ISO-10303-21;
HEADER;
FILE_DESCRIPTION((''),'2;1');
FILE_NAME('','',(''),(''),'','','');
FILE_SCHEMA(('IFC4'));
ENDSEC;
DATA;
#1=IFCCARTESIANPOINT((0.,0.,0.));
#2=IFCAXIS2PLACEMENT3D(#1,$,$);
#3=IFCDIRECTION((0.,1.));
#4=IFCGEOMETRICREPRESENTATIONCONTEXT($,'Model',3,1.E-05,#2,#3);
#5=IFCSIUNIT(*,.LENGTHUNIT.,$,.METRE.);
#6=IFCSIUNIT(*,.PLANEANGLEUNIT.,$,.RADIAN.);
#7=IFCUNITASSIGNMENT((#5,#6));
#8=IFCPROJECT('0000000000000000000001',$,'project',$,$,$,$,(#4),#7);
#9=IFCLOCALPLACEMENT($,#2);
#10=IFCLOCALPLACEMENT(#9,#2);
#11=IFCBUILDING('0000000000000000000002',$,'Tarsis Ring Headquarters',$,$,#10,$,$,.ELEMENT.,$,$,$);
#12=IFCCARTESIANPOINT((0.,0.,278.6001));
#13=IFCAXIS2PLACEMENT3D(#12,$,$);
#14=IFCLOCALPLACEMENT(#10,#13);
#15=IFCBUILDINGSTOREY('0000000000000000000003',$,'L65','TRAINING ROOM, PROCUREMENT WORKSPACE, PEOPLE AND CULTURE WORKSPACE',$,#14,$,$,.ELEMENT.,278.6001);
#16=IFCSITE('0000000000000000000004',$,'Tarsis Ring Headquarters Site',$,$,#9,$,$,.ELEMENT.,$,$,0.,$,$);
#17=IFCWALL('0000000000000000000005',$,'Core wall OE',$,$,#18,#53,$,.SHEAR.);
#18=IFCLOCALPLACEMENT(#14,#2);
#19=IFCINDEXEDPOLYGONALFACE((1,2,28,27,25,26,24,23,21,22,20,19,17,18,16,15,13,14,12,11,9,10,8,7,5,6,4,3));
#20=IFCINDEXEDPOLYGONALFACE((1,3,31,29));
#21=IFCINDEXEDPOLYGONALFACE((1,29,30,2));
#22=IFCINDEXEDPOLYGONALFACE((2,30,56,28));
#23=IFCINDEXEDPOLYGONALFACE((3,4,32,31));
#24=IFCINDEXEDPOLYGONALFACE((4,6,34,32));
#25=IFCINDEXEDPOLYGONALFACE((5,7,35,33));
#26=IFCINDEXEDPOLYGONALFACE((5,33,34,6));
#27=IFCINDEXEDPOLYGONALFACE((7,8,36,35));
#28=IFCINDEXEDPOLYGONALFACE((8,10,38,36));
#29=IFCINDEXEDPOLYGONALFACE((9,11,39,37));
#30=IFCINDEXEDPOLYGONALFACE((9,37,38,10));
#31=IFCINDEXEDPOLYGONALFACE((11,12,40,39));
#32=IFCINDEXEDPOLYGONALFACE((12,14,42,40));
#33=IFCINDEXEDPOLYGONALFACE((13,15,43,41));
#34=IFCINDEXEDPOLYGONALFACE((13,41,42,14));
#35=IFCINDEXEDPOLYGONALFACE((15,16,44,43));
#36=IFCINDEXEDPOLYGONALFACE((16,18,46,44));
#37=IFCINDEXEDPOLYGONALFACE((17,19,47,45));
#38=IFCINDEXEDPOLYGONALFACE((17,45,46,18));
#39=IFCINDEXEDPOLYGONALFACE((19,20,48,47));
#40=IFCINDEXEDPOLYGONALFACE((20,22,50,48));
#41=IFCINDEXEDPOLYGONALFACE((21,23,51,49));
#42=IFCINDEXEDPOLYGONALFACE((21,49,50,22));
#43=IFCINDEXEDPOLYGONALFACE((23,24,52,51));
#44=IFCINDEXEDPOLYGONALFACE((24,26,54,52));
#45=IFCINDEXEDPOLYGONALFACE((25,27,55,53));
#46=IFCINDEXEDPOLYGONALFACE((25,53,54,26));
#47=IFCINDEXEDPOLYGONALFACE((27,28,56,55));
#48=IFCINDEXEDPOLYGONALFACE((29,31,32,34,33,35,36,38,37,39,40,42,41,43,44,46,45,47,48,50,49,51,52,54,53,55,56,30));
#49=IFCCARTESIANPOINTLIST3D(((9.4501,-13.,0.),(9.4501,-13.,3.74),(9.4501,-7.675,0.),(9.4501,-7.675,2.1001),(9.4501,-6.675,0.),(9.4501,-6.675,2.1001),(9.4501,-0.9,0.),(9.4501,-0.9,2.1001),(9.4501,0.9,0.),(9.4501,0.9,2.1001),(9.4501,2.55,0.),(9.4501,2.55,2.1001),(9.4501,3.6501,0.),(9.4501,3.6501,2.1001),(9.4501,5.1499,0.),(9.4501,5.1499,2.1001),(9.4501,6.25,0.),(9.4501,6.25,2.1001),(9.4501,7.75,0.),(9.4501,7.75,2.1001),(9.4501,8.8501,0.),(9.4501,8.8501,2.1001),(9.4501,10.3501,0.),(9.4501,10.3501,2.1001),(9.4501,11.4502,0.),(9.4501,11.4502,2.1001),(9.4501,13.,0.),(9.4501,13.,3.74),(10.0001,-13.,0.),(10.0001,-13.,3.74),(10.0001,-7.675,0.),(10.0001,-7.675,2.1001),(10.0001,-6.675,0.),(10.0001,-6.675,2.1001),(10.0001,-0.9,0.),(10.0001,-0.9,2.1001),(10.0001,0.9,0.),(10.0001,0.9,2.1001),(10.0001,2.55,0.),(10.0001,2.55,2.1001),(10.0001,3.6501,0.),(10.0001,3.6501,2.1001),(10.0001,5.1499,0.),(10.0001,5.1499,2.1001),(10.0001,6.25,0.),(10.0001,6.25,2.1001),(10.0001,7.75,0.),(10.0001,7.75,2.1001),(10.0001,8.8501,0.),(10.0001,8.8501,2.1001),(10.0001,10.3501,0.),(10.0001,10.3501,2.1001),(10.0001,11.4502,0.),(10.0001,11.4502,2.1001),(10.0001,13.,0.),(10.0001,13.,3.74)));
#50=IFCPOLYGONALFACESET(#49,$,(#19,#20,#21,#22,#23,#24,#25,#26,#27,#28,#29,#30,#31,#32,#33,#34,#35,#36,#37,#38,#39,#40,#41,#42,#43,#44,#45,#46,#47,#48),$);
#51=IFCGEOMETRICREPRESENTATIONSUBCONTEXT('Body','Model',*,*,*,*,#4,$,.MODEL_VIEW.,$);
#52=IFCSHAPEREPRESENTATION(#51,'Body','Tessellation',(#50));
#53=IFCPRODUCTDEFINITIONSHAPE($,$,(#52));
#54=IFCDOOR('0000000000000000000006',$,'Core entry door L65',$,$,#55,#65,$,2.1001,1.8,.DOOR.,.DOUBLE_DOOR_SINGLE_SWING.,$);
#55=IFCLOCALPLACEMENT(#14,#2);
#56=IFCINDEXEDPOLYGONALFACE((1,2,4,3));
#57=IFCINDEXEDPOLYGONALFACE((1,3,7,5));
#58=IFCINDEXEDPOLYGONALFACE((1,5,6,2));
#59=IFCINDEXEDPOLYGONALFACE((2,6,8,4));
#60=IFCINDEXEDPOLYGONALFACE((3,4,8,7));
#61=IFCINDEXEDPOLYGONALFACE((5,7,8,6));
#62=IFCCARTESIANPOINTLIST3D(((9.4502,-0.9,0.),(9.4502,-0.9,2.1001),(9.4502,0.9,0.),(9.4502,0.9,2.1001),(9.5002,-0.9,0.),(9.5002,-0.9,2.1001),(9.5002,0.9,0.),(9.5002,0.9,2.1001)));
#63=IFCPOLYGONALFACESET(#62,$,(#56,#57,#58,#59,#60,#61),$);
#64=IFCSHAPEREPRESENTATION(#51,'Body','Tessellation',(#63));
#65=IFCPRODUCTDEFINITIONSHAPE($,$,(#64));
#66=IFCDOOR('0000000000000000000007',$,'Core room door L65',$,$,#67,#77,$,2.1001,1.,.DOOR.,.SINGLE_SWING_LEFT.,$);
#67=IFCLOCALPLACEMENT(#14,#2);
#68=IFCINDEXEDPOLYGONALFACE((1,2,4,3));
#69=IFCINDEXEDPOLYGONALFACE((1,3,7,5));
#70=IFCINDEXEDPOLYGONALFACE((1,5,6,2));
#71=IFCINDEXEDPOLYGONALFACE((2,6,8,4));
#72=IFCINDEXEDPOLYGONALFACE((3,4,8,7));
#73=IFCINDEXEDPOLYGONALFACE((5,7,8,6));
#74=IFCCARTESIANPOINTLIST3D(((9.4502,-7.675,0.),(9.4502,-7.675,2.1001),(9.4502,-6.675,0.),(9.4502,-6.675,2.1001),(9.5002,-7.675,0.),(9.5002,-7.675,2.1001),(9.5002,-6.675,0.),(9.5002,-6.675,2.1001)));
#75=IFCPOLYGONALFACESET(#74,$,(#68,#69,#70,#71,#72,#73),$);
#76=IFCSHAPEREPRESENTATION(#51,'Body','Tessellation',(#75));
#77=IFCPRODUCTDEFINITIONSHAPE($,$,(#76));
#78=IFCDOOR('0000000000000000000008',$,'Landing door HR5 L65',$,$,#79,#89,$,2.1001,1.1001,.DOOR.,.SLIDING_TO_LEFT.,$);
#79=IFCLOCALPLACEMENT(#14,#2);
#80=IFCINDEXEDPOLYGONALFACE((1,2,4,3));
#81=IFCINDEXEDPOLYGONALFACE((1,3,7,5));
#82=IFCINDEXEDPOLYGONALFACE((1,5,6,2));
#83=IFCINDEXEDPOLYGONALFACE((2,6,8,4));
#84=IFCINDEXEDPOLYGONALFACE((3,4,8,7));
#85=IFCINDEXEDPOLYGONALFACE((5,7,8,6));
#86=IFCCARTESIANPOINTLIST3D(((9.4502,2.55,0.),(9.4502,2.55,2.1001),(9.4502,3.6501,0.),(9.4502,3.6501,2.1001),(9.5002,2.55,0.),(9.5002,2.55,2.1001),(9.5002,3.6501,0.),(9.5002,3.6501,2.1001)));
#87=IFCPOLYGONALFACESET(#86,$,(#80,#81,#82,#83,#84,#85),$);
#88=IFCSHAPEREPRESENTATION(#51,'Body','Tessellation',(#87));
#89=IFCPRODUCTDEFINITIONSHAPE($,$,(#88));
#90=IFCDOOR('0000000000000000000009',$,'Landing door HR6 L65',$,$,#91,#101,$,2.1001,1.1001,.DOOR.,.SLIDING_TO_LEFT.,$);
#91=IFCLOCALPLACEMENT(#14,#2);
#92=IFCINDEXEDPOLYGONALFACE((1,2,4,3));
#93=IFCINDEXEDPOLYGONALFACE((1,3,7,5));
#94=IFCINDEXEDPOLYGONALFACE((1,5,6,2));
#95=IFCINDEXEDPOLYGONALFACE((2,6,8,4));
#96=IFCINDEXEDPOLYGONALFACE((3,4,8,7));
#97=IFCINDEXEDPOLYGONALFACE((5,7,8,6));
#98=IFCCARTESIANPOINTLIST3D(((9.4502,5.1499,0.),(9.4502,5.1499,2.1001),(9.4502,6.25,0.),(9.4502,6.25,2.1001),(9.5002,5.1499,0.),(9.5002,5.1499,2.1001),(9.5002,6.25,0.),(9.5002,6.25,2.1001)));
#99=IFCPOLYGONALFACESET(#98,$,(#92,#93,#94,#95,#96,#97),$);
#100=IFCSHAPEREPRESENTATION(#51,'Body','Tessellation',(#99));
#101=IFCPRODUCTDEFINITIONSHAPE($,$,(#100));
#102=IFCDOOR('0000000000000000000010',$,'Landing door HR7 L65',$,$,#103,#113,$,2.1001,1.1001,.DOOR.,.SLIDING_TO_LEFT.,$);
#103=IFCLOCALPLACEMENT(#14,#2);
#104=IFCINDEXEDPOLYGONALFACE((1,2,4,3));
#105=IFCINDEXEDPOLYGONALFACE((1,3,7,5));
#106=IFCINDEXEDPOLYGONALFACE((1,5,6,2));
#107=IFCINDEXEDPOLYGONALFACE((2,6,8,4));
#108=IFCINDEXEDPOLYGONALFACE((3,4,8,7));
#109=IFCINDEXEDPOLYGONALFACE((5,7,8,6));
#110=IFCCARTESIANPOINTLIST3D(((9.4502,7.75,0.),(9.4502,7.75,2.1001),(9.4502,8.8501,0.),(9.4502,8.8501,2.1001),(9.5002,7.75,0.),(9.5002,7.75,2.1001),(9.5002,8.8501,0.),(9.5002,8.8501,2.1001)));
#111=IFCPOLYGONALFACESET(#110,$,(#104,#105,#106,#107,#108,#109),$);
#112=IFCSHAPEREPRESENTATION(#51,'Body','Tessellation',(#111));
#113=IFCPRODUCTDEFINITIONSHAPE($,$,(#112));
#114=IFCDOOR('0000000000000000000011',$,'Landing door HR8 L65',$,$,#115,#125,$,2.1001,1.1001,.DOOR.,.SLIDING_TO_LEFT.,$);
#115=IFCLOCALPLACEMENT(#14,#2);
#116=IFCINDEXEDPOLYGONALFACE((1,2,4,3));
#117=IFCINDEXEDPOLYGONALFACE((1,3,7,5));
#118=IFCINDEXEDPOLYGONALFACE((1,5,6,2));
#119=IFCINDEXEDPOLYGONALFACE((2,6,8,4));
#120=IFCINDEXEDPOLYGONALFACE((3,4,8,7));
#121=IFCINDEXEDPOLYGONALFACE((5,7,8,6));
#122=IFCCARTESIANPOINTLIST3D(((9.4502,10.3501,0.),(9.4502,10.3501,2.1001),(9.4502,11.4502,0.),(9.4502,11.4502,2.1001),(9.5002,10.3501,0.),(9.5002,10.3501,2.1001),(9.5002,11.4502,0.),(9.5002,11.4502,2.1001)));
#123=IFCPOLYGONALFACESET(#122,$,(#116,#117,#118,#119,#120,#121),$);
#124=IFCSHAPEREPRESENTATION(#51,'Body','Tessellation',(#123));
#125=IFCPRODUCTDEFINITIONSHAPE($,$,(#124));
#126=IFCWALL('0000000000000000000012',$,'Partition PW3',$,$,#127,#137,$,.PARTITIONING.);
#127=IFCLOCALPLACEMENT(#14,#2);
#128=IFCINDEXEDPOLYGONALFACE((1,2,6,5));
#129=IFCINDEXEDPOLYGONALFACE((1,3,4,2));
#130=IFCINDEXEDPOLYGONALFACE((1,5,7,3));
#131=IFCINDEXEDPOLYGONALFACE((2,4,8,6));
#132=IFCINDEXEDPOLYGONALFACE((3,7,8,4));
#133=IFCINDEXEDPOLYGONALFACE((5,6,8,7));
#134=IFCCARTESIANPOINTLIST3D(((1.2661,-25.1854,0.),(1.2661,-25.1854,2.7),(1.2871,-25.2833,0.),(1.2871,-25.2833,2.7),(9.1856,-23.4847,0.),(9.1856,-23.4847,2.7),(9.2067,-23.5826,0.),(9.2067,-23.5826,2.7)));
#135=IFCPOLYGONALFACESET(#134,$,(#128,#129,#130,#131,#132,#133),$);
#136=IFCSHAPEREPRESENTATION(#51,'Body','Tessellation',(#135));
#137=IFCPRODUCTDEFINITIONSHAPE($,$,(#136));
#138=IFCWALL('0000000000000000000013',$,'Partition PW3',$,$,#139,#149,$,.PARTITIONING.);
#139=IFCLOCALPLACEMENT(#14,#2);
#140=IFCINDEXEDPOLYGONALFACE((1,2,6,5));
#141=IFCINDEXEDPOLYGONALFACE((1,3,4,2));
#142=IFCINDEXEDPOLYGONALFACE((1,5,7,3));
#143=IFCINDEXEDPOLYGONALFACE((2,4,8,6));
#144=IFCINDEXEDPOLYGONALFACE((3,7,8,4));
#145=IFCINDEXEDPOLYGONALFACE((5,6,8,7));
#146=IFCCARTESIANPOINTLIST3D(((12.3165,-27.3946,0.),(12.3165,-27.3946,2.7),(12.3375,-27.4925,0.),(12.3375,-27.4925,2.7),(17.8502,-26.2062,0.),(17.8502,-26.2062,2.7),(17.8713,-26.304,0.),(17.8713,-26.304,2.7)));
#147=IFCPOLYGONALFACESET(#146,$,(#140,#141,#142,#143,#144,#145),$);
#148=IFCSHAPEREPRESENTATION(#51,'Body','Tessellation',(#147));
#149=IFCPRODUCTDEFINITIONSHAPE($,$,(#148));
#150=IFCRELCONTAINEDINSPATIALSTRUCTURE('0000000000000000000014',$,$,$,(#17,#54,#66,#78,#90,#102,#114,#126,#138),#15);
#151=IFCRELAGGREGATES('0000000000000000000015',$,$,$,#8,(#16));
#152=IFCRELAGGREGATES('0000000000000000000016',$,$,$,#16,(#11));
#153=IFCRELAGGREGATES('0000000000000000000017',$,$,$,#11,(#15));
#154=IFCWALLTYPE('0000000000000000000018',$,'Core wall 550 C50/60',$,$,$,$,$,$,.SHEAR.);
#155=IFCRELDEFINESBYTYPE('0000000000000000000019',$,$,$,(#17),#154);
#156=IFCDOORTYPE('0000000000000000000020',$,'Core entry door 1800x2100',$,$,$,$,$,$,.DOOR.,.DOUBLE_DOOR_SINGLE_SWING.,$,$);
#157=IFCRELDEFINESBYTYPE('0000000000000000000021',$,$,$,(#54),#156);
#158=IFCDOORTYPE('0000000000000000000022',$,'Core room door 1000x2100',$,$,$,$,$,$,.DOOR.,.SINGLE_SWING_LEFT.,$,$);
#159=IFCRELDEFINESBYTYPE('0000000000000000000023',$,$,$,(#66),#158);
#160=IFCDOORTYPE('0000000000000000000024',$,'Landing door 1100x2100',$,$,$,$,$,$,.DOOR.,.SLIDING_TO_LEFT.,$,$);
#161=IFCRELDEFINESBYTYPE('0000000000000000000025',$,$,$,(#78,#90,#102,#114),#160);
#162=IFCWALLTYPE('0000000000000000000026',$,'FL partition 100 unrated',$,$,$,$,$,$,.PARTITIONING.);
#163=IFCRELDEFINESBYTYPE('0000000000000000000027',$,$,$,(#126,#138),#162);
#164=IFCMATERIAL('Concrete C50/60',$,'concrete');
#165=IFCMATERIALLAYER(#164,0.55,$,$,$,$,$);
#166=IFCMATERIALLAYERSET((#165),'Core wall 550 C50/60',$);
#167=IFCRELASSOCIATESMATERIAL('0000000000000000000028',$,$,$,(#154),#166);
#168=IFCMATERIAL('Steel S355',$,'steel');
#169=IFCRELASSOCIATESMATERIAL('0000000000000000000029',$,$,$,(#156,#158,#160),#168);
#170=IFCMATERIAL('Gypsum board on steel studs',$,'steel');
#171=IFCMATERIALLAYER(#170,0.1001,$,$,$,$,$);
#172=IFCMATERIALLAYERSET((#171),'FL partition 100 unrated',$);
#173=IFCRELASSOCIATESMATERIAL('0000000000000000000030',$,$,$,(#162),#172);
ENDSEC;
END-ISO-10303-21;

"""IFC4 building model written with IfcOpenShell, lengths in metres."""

from ifc_helpers import new_model, si_unit, direction, frame, frame_2d, origin, place, context, subcontext, project, spatial, rectangle, extrude, material, layer, layer_set, type_object, element, fill, save


model = new_model("IFC4")

# Units and contexts
model_context = context("Model", 3, precision=1e-05, world=origin(), true_north=direction((0.0, 1.0)))
body_context = subcontext(model_context, "Body", "Model", "MODEL_VIEW")
ifc_project = project(units=[si_unit("LENGTHUNIT", "METRE"), si_unit("PLANEANGLEUNIT", "RADIAN")], contexts=[model_context])

# Site, building, storey
site_placement = place(None, origin())
site = spatial("IfcSite", under=ifc_project, at=site_placement, Name="Tarsis Ring Headquarters Site", CompositionType="ELEMENT", RefElevation=0.0)
building_placement = place(site_placement, origin())
building = spatial("IfcBuilding", under=site, at=building_placement, Name="Tarsis Ring Headquarters", CompositionType="ELEMENT")
storey_placement = place(building_placement, frame((0.0, 0.0, 278.6001)))
storey = spatial("IfcBuildingStorey", under=building, at=storey_placement, Name="L65", Description="TRAINING ROOM, PROCUREMENT WORKSPACE, PEOPLE AND CULTURE WORKSPACE", CompositionType="ELEMENT", Elevation=278.6001)

# Wall, openings, doors
ifc_material_1 = material(Name="Concrete C50/60", Category="concrete")
ifc_layer_1 = layer(ifc_material_1, 0.55)
ifc_layer_set_1 = layer_set([ifc_layer_1], Name="Core wall 550 C50/60")
wall_type_1 = type_object("IfcWallType", Name="Core wall 550 C50/60", PredefinedType="SHEAR", material=ifc_layer_set_1)
wall_1_placement = place(storey_placement, frame((9.7251, -13.0, 0.0), z_axis=(0.0, 0.0, 1.0), x_axis=(0.0, 1.0, 0.0)))
wall_1 = element("IfcWall", 1, at=wall_1_placement, inside=storey, type_object=wall_type_1, Name="Core wall OE", PredefinedType="SHEAR", context=body_context, shape_type="SweptSolid", body=[
    extrude(rectangle(XDim=26.0, YDim=0.55, at=frame_2d((13.0, 0.0))), origin(), (0.0, 0.0, 1.0), 3.74),
])
opening_1_placement = place(wall_1_placement, frame((5.325, 0.0, 0.0)))
opening_1 = element("IfcOpeningElement", 2, at=opening_1_placement, cuts=wall_1, PredefinedType="OPENING", context=body_context, shape_type="SweptSolid", body=[
    extrude(rectangle(XDim=1.0, YDim=2.1001, at=frame_2d((0.5, 1.05))), frame((0.0, 0.2849, 0.0), z_axis=(0.0, -1.0, 0.0), x_axis=(1.0, 0.0, 0.0)), (0.0, 0.0, 1.0), 0.5701),
])
opening_2_placement = place(wall_1_placement, frame((12.1001, 0.0, 0.0)))
opening_2 = element("IfcOpeningElement", 3, at=opening_2_placement, cuts=wall_1, PredefinedType="OPENING", context=body_context, shape_type="SweptSolid", body=[
    extrude(rectangle(XDim=1.8, YDim=2.1001, at=frame_2d((0.8999, 1.05))), frame((0.0, 0.2849, 0.0), z_axis=(0.0, -1.0, 0.0), x_axis=(1.0, 0.0, 0.0)), (0.0, 0.0, 1.0), 0.5701),
])
opening_3_placement = place(wall_1_placement, frame((15.55, 0.0, 0.0)))
opening_3 = element("IfcOpeningElement", 4, at=opening_3_placement, cuts=wall_1, PredefinedType="OPENING", context=body_context, shape_type="SweptSolid", body=[
    extrude(rectangle(XDim=1.1001, YDim=2.1001, at=frame_2d((0.55, 1.05))), frame((0.0, 0.2849, 0.0), z_axis=(0.0, -1.0, 0.0), x_axis=(1.0, 0.0, 0.0)), (0.0, 0.0, 1.0), 0.5701),
])
opening_4_placement = place(wall_1_placement, frame((18.1499, 0.0, 0.0)))
opening_4 = element("IfcOpeningElement", 5, at=opening_4_placement, cuts=wall_1, PredefinedType="OPENING", context=body_context, shape_type="SweptSolid", body=[
    extrude(rectangle(XDim=1.1001, YDim=2.1001, at=frame_2d((0.55, 1.05))), frame((0.0, 0.2849, 0.0), z_axis=(0.0, -1.0, 0.0), x_axis=(1.0, 0.0, 0.0)), (0.0, 0.0, 1.0), 0.5701),
])
opening_5_placement = place(wall_1_placement, frame((20.75, 0.0, 0.0)))
opening_5 = element("IfcOpeningElement", 6, at=opening_5_placement, cuts=wall_1, PredefinedType="OPENING", context=body_context, shape_type="SweptSolid", body=[
    extrude(rectangle(XDim=1.1001, YDim=2.1001, at=frame_2d((0.55, 1.05))), frame((0.0, 0.2849, 0.0), z_axis=(0.0, -1.0, 0.0), x_axis=(1.0, 0.0, 0.0)), (0.0, 0.0, 1.0), 0.5701),
])
opening_6_placement = place(wall_1_placement, frame((23.3501, 0.0, 0.0)))
opening_6 = element("IfcOpeningElement", 7, at=opening_6_placement, cuts=wall_1, PredefinedType="OPENING", context=body_context, shape_type="SweptSolid", body=[
    extrude(rectangle(XDim=1.1001, YDim=2.1001, at=frame_2d((0.55, 1.05))), frame((0.0, 0.2849, 0.0), z_axis=(0.0, -1.0, 0.0), x_axis=(1.0, 0.0, 0.0)), (0.0, 0.0, 1.0), 0.5701),
])
ifc_material_2 = material(Name="Steel S355", Category="steel")
door_type_1 = type_object("IfcDoorType", Name="Core entry door 1800x2100", OperationType="DOUBLE_DOOR_SINGLE_SWING", PredefinedType="DOOR", material=ifc_material_2)
door_1_placement = place(opening_2_placement, origin())
door_1 = element("IfcDoor", 8, at=door_1_placement, inside=storey, type_object=door_type_1, Name="Core entry door L65", OperationType="DOUBLE_DOOR_SINGLE_SWING", OverallHeight=2.1001, OverallWidth=1.8, PredefinedType="DOOR", context=body_context, shape_type="SweptSolid", body=[
    extrude(rectangle(XDim=1.8, YDim=2.1001, at=frame_2d((0.8999, 1.05))), frame((0.0, 0.2749, 0.0), z_axis=(0.0, -1.0, 0.0), x_axis=(1.0, 0.0, 0.0)), (0.0, 0.0, 1.0), 0.05),
])
fill(opening_2, door_1)
door_type_2 = type_object("IfcDoorType", Name="Core room door 1000x2100", OperationType="SINGLE_SWING_LEFT", PredefinedType="DOOR", material=ifc_material_2)
door_2_placement = place(opening_1_placement, origin())
door_2 = element("IfcDoor", 9, at=door_2_placement, inside=storey, type_object=door_type_2, Name="Core room door L65", OperationType="SINGLE_SWING_LEFT", OverallHeight=2.1001, OverallWidth=1.0, PredefinedType="DOOR", context=body_context, shape_type="SweptSolid", body=[
    extrude(rectangle(XDim=1.0, YDim=2.1001, at=frame_2d((0.5, 1.05))), frame((0.0, 0.2749, 0.0), z_axis=(0.0, -1.0, 0.0), x_axis=(1.0, 0.0, 0.0)), (0.0, 0.0, 1.0), 0.05),
])
fill(opening_1, door_2)
door_type_3 = type_object("IfcDoorType", Name="Landing door 1100x2100", OperationType="SLIDING_TO_LEFT", PredefinedType="DOOR", material=ifc_material_2)
door_3_placement = place(opening_3_placement, origin())
door_3 = element("IfcDoor", 10, at=door_3_placement, inside=storey, type_object=door_type_3, Name="Landing door HR5 L65", OperationType="SLIDING_TO_LEFT", OverallHeight=2.1001, OverallWidth=1.1001, PredefinedType="DOOR", context=body_context, shape_type="SweptSolid", body=[
    extrude(rectangle(XDim=1.1001, YDim=2.1001, at=frame_2d((0.55, 1.05))), frame((0.0, 0.2749, 0.0), z_axis=(0.0, -1.0, 0.0), x_axis=(1.0, 0.0, 0.0)), (0.0, 0.0, 1.0), 0.05),
])
fill(opening_3, door_3)
door_4_placement = place(opening_4_placement, origin())
door_4 = element("IfcDoor", 11, at=door_4_placement, inside=storey, type_object=door_type_3, Name="Landing door HR6 L65", OperationType="SLIDING_TO_LEFT", OverallHeight=2.1001, OverallWidth=1.1001, PredefinedType="DOOR", context=body_context, shape_type="SweptSolid", body=[
    extrude(rectangle(XDim=1.1001, YDim=2.1001, at=frame_2d((0.55, 1.05))), frame((0.0, 0.2749, 0.0), z_axis=(0.0, -1.0, 0.0), x_axis=(1.0, 0.0, 0.0)), (0.0, 0.0, 1.0), 0.05),
])
fill(opening_4, door_4)
door_5_placement = place(opening_5_placement, origin())
door_5 = element("IfcDoor", 12, at=door_5_placement, inside=storey, type_object=door_type_3, Name="Landing door HR7 L65", OperationType="SLIDING_TO_LEFT", OverallHeight=2.1001, OverallWidth=1.1001, PredefinedType="DOOR", context=body_context, shape_type="SweptSolid", body=[
    extrude(rectangle(XDim=1.1001, YDim=2.1001, at=frame_2d((0.55, 1.05))), frame((0.0, 0.2749, 0.0), z_axis=(0.0, -1.0, 0.0), x_axis=(1.0, 0.0, 0.0)), (0.0, 0.0, 1.0), 0.05),
])
fill(opening_5, door_5)
door_6_placement = place(opening_6_placement, origin())
door_6 = element("IfcDoor", 13, at=door_6_placement, inside=storey, type_object=door_type_3, Name="Landing door HR8 L65", OperationType="SLIDING_TO_LEFT", OverallHeight=2.1001, OverallWidth=1.1001, PredefinedType="DOOR", context=body_context, shape_type="SweptSolid", body=[
    extrude(rectangle(XDim=1.1001, YDim=2.1001, at=frame_2d((0.55, 1.05))), frame((0.0, 0.2749, 0.0), z_axis=(0.0, -1.0, 0.0), x_axis=(1.0, 0.0, 0.0)), (0.0, 0.0, 1.0), 0.05),
])
fill(opening_6, door_6)

# Walls
ifc_material_3 = material(Name="Gypsum board on steel studs", Category="steel")
ifc_layer_2 = layer(ifc_material_3, 0.1001)
ifc_layer_set_2 = layer_set([ifc_layer_2], Name="FL partition 100 unrated")
wall_type_2 = type_object("IfcWallType", Name="FL partition 100 unrated", PredefinedType="PARTITIONING", material=ifc_layer_set_2)
wall_2_placement = place(storey_placement, frame((1.2766, -25.2344, 0.0), z_axis=(0.0, 0.0, 1.0), x_axis=(0.97771, 0.209961, 0.0)))
element("IfcWall", 14, at=wall_2_placement, inside=storey, type_object=wall_type_2, Name="Partition PW3", PredefinedType="PARTITIONING", context=body_context, shape_type="SweptSolid", body=[
    extrude(rectangle(XDim=8.1001, YDim=0.1001, at=frame_2d((4.05, 0.0))), origin(), (0.0, 0.0, 1.0), 2.7),
])
wall_3_placement = place(storey_placement, frame((12.3269, -27.4436, 0.0), z_axis=(0.0, 0.0, 1.0), x_axis=(0.977705, 0.209983, 0.0)))
element("IfcWall", 15, at=wall_3_placement, inside=storey, type_object=wall_type_2, Name="Partition PW3", PredefinedType="PARTITIONING", context=body_context, shape_type="SweptSolid", body=[
    extrude(rectangle(XDim=5.6599, YDim=0.1001, at=frame_2d((2.8301, 0.0))), origin(), (0.0, 0.0, 1.0), 2.7),
])

save(model, "model.ifc")
